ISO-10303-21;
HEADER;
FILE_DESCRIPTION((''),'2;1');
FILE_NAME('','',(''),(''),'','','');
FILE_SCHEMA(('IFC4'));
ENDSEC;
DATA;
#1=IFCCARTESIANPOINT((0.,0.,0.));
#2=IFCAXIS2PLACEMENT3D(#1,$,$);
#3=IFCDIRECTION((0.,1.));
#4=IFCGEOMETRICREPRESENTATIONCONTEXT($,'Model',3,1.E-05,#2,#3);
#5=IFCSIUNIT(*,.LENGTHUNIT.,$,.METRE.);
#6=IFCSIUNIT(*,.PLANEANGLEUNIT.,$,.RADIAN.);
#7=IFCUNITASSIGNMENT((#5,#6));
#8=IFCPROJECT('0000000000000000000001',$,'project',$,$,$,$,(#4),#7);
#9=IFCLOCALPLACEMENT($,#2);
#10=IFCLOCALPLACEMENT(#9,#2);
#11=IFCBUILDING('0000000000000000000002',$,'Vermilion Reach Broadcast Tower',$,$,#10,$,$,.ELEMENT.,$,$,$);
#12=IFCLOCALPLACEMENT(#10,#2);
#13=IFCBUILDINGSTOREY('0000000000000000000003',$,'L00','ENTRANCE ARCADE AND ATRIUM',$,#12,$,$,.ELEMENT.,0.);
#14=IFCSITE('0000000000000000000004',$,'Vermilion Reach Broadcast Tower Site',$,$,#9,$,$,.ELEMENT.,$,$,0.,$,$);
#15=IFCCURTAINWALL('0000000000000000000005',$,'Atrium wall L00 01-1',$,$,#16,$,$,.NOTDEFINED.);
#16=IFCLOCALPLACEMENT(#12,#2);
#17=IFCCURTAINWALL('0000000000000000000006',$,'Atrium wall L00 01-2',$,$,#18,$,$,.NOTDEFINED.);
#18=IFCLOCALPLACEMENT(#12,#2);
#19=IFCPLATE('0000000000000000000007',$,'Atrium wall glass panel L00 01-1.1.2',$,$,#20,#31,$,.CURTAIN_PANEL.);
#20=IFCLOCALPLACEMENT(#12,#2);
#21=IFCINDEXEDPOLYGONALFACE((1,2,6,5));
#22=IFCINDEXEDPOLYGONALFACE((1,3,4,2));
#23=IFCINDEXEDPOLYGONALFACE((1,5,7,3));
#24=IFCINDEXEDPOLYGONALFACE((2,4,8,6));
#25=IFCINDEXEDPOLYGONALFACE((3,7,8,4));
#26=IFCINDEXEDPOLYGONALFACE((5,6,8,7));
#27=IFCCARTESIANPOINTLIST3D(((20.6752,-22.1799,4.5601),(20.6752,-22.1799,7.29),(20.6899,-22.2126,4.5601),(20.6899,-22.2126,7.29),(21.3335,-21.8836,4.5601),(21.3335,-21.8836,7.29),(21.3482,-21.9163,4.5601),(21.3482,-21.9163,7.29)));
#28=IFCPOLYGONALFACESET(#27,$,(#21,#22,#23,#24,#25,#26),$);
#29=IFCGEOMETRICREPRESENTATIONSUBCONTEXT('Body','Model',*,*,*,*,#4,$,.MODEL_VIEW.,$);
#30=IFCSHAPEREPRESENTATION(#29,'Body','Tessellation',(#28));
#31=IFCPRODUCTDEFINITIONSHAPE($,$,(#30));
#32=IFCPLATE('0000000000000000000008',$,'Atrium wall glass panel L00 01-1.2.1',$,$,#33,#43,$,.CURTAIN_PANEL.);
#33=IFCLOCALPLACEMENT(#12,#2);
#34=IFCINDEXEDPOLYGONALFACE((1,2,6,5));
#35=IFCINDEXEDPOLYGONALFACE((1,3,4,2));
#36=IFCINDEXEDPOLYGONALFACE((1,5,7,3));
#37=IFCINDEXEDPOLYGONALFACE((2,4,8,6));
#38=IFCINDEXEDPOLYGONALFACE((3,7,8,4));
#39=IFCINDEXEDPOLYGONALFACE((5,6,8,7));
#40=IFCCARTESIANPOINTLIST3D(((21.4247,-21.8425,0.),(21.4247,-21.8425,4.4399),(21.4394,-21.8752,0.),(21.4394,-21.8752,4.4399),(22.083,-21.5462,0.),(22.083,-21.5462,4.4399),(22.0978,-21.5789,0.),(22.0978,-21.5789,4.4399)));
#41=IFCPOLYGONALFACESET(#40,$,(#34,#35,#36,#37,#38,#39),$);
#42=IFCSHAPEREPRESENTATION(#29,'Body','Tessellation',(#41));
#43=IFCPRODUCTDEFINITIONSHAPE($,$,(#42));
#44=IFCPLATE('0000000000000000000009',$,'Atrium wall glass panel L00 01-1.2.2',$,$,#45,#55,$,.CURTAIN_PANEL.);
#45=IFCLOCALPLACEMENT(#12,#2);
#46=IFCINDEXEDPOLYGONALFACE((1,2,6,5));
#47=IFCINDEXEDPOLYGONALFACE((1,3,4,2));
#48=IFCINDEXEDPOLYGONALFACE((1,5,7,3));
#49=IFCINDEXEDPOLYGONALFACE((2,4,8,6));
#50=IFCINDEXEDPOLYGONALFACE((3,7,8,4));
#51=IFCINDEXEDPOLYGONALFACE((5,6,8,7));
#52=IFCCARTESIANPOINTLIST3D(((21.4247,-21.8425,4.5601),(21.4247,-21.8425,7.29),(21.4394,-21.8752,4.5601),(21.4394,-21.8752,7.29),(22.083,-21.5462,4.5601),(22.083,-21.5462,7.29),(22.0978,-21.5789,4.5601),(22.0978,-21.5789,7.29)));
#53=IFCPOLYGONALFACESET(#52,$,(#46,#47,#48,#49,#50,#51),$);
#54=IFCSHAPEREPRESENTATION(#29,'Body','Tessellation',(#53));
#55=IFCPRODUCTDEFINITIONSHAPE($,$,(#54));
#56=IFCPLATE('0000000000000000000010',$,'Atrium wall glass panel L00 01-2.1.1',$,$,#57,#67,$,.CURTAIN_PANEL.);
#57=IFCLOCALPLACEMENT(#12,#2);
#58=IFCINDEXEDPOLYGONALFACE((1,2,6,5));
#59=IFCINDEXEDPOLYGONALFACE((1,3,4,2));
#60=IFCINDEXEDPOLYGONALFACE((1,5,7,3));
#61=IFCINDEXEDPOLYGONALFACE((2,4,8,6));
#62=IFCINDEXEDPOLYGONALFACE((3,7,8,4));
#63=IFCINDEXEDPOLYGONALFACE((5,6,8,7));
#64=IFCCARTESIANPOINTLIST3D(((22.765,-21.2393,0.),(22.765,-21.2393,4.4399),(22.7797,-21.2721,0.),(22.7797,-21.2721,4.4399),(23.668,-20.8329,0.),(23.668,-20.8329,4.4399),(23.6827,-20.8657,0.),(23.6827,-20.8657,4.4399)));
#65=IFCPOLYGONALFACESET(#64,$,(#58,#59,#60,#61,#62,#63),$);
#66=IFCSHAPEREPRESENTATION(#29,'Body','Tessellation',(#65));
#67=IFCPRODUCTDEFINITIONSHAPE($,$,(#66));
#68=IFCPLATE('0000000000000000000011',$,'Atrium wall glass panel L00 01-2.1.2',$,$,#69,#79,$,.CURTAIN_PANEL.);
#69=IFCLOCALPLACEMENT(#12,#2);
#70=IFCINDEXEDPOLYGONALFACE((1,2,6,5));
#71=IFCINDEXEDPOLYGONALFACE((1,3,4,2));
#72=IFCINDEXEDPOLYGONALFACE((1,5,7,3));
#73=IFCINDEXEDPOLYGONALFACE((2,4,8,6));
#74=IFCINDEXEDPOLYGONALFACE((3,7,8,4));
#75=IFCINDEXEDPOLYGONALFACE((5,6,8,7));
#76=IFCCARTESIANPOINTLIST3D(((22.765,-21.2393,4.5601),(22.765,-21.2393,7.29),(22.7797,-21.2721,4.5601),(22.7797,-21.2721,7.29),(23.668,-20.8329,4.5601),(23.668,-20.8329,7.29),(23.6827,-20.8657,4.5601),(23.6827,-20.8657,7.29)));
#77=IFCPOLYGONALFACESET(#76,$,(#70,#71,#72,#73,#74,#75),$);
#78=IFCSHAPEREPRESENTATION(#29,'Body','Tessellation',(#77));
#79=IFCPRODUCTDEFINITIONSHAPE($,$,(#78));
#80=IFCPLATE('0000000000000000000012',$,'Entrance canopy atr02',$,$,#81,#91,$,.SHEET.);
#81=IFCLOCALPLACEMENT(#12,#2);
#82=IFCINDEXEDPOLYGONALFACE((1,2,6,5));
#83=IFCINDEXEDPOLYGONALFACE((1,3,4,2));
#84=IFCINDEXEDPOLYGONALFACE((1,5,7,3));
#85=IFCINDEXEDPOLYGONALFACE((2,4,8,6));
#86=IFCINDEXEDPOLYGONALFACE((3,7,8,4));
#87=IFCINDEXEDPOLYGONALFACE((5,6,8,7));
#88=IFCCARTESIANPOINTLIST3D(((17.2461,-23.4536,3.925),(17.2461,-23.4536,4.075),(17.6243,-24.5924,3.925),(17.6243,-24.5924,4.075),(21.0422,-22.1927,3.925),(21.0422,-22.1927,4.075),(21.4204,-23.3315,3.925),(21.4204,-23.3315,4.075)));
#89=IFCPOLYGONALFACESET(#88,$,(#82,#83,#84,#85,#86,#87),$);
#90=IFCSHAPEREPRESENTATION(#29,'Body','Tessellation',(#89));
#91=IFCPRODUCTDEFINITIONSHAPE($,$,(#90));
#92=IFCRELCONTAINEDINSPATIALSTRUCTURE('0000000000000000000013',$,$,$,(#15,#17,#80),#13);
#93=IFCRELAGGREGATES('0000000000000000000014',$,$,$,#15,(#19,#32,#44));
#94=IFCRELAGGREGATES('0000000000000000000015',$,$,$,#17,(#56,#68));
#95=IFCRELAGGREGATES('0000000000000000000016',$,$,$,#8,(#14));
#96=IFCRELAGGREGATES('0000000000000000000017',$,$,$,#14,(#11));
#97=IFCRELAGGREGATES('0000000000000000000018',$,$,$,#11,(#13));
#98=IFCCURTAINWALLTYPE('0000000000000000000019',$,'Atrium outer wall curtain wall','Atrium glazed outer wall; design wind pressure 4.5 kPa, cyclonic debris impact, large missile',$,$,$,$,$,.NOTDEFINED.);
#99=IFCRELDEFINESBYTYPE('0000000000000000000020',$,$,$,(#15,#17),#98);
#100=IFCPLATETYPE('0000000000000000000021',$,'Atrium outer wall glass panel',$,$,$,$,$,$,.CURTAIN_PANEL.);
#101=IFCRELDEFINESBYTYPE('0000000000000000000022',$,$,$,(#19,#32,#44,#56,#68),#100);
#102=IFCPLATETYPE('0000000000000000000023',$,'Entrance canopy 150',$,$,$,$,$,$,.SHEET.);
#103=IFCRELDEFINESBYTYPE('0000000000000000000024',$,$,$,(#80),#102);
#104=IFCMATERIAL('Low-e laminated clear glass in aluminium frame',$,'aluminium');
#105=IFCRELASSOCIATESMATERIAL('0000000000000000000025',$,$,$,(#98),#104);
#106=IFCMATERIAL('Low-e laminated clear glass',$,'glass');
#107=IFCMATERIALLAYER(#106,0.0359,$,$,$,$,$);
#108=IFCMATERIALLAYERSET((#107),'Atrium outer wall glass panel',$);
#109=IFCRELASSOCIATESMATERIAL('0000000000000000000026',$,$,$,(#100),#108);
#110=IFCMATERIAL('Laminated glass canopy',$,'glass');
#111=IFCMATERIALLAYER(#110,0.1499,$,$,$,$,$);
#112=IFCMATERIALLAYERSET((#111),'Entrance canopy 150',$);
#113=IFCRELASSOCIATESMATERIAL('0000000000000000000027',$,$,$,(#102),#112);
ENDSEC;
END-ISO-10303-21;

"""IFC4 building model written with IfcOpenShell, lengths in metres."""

from ifc_helpers import new_model, si_unit, direction, frame, origin, origin_2d, place, context, subcontext, project, spatial, rectangle, extrude, material, layer, layer_set, type_object, element, aggregate, save


model = new_model("IFC4")

# Units and contexts
model_context = context("Model", 3, precision=1e-05, world=origin(), true_north=direction((0.0, 1.0)))
body_context = subcontext(model_context, "Body", "Model", "MODEL_VIEW")
ifc_project = project(units=[si_unit("LENGTHUNIT", "METRE"), si_unit("PLANEANGLEUNIT", "RADIAN")], contexts=[model_context])

# Site, building, storey
site_placement = place(None, origin())
site = spatial("IfcSite", under=ifc_project, at=site_placement, Name="Vermilion Reach Broadcast Tower Site", CompositionType="ELEMENT", RefElevation=0.0)
building_placement = place(site_placement, origin())
building = spatial("IfcBuilding", under=site, at=building_placement, Name="Vermilion Reach Broadcast Tower", CompositionType="ELEMENT")
storey_placement = place(building_placement, origin())
storey = spatial("IfcBuildingStorey", under=building, at=storey_placement, Name="L00", Description="ENTRANCE ARCADE AND ATRIUM", CompositionType="ELEMENT", Elevation=0.0)

# Shared definitions
ifc_material_1 = material(Name="Low-e laminated clear glass in aluminium frame", Category="aluminium")
curtain_wall_type = type_object("IfcCurtainWallType", Name="Atrium outer wall curtain wall", Description="Atrium glazed outer wall; design wind pressure 4.5 kPa, cyclonic debris impact, large missile", PredefinedType="NOTDEFINED", material=ifc_material_1)
placement = place(storey_placement, origin())

# Curtain wall
curtain_wall_1 = element("IfcCurtainWall", 1, at=placement, inside=storey, type_object=curtain_wall_type, Name="Atrium wall L00 01-1", PredefinedType="NOTDEFINED")

# Curtain wall
curtain_wall_2 = element("IfcCurtainWall", 2, at=placement, inside=storey, type_object=curtain_wall_type, Name="Atrium wall L00 01-2", PredefinedType="NOTDEFINED")

# Plates
ifc_material_2 = material(Name="Low-e laminated clear glass", Category="glass")
ifc_layer_1 = layer(ifc_material_2, 0.0359)
ifc_layer_set_1 = layer_set([ifc_layer_1], Name="Atrium outer wall glass panel")
plate_type_1 = type_object("IfcPlateType", Name="Atrium outer wall glass panel", PredefinedType="CURTAIN_PANEL", material=ifc_layer_set_1)
plate_1_placement = place(storey_placement, frame((21.0117, -22.0481, 4.5601), z_axis=(0.0, 0.0, 1.0), x_axis=(0.911902, 0.410408, 0.0)))
plate_1 = element("IfcPlate", 3, at=plate_1_placement, type_object=plate_type_1, Name="Atrium wall glass panel L00 01-1.1.2", PredefinedType="CURTAIN_PANEL", context=body_context, shape_type="SweptSolid", body=[
    extrude(rectangle(XDim=0.7219, YDim=0.0359, at=origin_2d()), origin(), (0.0, 0.0, 1.0), 2.73),
])
plate_2_placement = place(storey_placement, frame((21.7612, -21.7107, 0.0), z_axis=(0.0, 0.0, 1.0), x_axis=(0.911902, 0.410408, 0.0)))
plate_2 = element("IfcPlate", 4, at=plate_2_placement, type_object=plate_type_1, Name="Atrium wall glass panel L00 01-1.2.1", PredefinedType="CURTAIN_PANEL", context=body_context, shape_type="SweptSolid", body=[
    extrude(rectangle(XDim=0.7219, YDim=0.0359, at=origin_2d()), origin(), (0.0, 0.0, 1.0), 4.4399),
])
plate_3_placement = place(storey_placement, frame((21.7612, -21.7107, 4.5601), z_axis=(0.0, 0.0, 1.0), x_axis=(0.911902, 0.410408, 0.0)))
plate_3 = element("IfcPlate", 5, at=plate_3_placement, type_object=plate_type_1, Name="Atrium wall glass panel L00 01-1.2.2", PredefinedType="CURTAIN_PANEL", context=body_context, shape_type="SweptSolid", body=[
    extrude(rectangle(XDim=0.7219, YDim=0.0359, at=origin_2d()), origin(), (0.0, 0.0, 1.0), 2.73),
])
aggregate(curtain_wall_1, [plate_1, plate_2, plate_3])
plate_4_placement = place(storey_placement, frame((23.2239, -21.0525, 0.0), z_axis=(0.0, 0.0, 1.0), x_axis=(0.911902, 0.410408, 0.0)))
plate_4 = element("IfcPlate", 6, at=plate_4_placement, type_object=plate_type_1, Name="Atrium wall glass panel L00 01-2.1.1", PredefinedType="CURTAIN_PANEL", context=body_context, shape_type="SweptSolid", body=[
    extrude(rectangle(XDim=0.9902, YDim=0.0359, at=origin_2d()), origin(), (0.0, 0.0, 1.0), 4.4399),
])
plate_5_placement = place(storey_placement, frame((23.2239, -21.0525, 4.5601), z_axis=(0.0, 0.0, 1.0), x_axis=(0.911902, 0.410408, 0.0)))
plate_5 = element("IfcPlate", 7, at=plate_5_placement, type_object=plate_type_1, Name="Atrium wall glass panel L00 01-2.1.2", PredefinedType="CURTAIN_PANEL", context=body_context, shape_type="SweptSolid", body=[
    extrude(rectangle(XDim=0.9902, YDim=0.0359, at=origin_2d()), origin(), (0.0, 0.0, 1.0), 2.73),
])
aggregate(curtain_wall_2, [plate_4, plate_5])
ifc_material_3 = material(Name="Laminated glass canopy", Category="glass")
ifc_layer_2 = layer(ifc_material_3, 0.1499)
ifc_layer_set_2 = layer_set([ifc_layer_2], Name="Entrance canopy 150")
plate_type_2 = type_object("IfcPlateType", Name="Entrance canopy 150", PredefinedType="SHEET", material=ifc_layer_set_2)
plate_6_placement = place(storey_placement, frame((19.3333, -23.3926, 3.925), z_axis=(0.0, 0.0, 1.0), x_axis=(-0.949016, -0.315228, 0.0)))
element("IfcPlate", 8, at=plate_6_placement, inside=storey, type_object=plate_type_2, Name="Entrance canopy atr02", PredefinedType="SHEET", context=body_context, shape_type="SweptSolid", body=[
    extrude(rectangle(XDim=4.0, YDim=1.2, at=origin_2d()), origin(), (0.0, 0.0, 1.0), 0.1499),
])

save(model, "model.ifc")
